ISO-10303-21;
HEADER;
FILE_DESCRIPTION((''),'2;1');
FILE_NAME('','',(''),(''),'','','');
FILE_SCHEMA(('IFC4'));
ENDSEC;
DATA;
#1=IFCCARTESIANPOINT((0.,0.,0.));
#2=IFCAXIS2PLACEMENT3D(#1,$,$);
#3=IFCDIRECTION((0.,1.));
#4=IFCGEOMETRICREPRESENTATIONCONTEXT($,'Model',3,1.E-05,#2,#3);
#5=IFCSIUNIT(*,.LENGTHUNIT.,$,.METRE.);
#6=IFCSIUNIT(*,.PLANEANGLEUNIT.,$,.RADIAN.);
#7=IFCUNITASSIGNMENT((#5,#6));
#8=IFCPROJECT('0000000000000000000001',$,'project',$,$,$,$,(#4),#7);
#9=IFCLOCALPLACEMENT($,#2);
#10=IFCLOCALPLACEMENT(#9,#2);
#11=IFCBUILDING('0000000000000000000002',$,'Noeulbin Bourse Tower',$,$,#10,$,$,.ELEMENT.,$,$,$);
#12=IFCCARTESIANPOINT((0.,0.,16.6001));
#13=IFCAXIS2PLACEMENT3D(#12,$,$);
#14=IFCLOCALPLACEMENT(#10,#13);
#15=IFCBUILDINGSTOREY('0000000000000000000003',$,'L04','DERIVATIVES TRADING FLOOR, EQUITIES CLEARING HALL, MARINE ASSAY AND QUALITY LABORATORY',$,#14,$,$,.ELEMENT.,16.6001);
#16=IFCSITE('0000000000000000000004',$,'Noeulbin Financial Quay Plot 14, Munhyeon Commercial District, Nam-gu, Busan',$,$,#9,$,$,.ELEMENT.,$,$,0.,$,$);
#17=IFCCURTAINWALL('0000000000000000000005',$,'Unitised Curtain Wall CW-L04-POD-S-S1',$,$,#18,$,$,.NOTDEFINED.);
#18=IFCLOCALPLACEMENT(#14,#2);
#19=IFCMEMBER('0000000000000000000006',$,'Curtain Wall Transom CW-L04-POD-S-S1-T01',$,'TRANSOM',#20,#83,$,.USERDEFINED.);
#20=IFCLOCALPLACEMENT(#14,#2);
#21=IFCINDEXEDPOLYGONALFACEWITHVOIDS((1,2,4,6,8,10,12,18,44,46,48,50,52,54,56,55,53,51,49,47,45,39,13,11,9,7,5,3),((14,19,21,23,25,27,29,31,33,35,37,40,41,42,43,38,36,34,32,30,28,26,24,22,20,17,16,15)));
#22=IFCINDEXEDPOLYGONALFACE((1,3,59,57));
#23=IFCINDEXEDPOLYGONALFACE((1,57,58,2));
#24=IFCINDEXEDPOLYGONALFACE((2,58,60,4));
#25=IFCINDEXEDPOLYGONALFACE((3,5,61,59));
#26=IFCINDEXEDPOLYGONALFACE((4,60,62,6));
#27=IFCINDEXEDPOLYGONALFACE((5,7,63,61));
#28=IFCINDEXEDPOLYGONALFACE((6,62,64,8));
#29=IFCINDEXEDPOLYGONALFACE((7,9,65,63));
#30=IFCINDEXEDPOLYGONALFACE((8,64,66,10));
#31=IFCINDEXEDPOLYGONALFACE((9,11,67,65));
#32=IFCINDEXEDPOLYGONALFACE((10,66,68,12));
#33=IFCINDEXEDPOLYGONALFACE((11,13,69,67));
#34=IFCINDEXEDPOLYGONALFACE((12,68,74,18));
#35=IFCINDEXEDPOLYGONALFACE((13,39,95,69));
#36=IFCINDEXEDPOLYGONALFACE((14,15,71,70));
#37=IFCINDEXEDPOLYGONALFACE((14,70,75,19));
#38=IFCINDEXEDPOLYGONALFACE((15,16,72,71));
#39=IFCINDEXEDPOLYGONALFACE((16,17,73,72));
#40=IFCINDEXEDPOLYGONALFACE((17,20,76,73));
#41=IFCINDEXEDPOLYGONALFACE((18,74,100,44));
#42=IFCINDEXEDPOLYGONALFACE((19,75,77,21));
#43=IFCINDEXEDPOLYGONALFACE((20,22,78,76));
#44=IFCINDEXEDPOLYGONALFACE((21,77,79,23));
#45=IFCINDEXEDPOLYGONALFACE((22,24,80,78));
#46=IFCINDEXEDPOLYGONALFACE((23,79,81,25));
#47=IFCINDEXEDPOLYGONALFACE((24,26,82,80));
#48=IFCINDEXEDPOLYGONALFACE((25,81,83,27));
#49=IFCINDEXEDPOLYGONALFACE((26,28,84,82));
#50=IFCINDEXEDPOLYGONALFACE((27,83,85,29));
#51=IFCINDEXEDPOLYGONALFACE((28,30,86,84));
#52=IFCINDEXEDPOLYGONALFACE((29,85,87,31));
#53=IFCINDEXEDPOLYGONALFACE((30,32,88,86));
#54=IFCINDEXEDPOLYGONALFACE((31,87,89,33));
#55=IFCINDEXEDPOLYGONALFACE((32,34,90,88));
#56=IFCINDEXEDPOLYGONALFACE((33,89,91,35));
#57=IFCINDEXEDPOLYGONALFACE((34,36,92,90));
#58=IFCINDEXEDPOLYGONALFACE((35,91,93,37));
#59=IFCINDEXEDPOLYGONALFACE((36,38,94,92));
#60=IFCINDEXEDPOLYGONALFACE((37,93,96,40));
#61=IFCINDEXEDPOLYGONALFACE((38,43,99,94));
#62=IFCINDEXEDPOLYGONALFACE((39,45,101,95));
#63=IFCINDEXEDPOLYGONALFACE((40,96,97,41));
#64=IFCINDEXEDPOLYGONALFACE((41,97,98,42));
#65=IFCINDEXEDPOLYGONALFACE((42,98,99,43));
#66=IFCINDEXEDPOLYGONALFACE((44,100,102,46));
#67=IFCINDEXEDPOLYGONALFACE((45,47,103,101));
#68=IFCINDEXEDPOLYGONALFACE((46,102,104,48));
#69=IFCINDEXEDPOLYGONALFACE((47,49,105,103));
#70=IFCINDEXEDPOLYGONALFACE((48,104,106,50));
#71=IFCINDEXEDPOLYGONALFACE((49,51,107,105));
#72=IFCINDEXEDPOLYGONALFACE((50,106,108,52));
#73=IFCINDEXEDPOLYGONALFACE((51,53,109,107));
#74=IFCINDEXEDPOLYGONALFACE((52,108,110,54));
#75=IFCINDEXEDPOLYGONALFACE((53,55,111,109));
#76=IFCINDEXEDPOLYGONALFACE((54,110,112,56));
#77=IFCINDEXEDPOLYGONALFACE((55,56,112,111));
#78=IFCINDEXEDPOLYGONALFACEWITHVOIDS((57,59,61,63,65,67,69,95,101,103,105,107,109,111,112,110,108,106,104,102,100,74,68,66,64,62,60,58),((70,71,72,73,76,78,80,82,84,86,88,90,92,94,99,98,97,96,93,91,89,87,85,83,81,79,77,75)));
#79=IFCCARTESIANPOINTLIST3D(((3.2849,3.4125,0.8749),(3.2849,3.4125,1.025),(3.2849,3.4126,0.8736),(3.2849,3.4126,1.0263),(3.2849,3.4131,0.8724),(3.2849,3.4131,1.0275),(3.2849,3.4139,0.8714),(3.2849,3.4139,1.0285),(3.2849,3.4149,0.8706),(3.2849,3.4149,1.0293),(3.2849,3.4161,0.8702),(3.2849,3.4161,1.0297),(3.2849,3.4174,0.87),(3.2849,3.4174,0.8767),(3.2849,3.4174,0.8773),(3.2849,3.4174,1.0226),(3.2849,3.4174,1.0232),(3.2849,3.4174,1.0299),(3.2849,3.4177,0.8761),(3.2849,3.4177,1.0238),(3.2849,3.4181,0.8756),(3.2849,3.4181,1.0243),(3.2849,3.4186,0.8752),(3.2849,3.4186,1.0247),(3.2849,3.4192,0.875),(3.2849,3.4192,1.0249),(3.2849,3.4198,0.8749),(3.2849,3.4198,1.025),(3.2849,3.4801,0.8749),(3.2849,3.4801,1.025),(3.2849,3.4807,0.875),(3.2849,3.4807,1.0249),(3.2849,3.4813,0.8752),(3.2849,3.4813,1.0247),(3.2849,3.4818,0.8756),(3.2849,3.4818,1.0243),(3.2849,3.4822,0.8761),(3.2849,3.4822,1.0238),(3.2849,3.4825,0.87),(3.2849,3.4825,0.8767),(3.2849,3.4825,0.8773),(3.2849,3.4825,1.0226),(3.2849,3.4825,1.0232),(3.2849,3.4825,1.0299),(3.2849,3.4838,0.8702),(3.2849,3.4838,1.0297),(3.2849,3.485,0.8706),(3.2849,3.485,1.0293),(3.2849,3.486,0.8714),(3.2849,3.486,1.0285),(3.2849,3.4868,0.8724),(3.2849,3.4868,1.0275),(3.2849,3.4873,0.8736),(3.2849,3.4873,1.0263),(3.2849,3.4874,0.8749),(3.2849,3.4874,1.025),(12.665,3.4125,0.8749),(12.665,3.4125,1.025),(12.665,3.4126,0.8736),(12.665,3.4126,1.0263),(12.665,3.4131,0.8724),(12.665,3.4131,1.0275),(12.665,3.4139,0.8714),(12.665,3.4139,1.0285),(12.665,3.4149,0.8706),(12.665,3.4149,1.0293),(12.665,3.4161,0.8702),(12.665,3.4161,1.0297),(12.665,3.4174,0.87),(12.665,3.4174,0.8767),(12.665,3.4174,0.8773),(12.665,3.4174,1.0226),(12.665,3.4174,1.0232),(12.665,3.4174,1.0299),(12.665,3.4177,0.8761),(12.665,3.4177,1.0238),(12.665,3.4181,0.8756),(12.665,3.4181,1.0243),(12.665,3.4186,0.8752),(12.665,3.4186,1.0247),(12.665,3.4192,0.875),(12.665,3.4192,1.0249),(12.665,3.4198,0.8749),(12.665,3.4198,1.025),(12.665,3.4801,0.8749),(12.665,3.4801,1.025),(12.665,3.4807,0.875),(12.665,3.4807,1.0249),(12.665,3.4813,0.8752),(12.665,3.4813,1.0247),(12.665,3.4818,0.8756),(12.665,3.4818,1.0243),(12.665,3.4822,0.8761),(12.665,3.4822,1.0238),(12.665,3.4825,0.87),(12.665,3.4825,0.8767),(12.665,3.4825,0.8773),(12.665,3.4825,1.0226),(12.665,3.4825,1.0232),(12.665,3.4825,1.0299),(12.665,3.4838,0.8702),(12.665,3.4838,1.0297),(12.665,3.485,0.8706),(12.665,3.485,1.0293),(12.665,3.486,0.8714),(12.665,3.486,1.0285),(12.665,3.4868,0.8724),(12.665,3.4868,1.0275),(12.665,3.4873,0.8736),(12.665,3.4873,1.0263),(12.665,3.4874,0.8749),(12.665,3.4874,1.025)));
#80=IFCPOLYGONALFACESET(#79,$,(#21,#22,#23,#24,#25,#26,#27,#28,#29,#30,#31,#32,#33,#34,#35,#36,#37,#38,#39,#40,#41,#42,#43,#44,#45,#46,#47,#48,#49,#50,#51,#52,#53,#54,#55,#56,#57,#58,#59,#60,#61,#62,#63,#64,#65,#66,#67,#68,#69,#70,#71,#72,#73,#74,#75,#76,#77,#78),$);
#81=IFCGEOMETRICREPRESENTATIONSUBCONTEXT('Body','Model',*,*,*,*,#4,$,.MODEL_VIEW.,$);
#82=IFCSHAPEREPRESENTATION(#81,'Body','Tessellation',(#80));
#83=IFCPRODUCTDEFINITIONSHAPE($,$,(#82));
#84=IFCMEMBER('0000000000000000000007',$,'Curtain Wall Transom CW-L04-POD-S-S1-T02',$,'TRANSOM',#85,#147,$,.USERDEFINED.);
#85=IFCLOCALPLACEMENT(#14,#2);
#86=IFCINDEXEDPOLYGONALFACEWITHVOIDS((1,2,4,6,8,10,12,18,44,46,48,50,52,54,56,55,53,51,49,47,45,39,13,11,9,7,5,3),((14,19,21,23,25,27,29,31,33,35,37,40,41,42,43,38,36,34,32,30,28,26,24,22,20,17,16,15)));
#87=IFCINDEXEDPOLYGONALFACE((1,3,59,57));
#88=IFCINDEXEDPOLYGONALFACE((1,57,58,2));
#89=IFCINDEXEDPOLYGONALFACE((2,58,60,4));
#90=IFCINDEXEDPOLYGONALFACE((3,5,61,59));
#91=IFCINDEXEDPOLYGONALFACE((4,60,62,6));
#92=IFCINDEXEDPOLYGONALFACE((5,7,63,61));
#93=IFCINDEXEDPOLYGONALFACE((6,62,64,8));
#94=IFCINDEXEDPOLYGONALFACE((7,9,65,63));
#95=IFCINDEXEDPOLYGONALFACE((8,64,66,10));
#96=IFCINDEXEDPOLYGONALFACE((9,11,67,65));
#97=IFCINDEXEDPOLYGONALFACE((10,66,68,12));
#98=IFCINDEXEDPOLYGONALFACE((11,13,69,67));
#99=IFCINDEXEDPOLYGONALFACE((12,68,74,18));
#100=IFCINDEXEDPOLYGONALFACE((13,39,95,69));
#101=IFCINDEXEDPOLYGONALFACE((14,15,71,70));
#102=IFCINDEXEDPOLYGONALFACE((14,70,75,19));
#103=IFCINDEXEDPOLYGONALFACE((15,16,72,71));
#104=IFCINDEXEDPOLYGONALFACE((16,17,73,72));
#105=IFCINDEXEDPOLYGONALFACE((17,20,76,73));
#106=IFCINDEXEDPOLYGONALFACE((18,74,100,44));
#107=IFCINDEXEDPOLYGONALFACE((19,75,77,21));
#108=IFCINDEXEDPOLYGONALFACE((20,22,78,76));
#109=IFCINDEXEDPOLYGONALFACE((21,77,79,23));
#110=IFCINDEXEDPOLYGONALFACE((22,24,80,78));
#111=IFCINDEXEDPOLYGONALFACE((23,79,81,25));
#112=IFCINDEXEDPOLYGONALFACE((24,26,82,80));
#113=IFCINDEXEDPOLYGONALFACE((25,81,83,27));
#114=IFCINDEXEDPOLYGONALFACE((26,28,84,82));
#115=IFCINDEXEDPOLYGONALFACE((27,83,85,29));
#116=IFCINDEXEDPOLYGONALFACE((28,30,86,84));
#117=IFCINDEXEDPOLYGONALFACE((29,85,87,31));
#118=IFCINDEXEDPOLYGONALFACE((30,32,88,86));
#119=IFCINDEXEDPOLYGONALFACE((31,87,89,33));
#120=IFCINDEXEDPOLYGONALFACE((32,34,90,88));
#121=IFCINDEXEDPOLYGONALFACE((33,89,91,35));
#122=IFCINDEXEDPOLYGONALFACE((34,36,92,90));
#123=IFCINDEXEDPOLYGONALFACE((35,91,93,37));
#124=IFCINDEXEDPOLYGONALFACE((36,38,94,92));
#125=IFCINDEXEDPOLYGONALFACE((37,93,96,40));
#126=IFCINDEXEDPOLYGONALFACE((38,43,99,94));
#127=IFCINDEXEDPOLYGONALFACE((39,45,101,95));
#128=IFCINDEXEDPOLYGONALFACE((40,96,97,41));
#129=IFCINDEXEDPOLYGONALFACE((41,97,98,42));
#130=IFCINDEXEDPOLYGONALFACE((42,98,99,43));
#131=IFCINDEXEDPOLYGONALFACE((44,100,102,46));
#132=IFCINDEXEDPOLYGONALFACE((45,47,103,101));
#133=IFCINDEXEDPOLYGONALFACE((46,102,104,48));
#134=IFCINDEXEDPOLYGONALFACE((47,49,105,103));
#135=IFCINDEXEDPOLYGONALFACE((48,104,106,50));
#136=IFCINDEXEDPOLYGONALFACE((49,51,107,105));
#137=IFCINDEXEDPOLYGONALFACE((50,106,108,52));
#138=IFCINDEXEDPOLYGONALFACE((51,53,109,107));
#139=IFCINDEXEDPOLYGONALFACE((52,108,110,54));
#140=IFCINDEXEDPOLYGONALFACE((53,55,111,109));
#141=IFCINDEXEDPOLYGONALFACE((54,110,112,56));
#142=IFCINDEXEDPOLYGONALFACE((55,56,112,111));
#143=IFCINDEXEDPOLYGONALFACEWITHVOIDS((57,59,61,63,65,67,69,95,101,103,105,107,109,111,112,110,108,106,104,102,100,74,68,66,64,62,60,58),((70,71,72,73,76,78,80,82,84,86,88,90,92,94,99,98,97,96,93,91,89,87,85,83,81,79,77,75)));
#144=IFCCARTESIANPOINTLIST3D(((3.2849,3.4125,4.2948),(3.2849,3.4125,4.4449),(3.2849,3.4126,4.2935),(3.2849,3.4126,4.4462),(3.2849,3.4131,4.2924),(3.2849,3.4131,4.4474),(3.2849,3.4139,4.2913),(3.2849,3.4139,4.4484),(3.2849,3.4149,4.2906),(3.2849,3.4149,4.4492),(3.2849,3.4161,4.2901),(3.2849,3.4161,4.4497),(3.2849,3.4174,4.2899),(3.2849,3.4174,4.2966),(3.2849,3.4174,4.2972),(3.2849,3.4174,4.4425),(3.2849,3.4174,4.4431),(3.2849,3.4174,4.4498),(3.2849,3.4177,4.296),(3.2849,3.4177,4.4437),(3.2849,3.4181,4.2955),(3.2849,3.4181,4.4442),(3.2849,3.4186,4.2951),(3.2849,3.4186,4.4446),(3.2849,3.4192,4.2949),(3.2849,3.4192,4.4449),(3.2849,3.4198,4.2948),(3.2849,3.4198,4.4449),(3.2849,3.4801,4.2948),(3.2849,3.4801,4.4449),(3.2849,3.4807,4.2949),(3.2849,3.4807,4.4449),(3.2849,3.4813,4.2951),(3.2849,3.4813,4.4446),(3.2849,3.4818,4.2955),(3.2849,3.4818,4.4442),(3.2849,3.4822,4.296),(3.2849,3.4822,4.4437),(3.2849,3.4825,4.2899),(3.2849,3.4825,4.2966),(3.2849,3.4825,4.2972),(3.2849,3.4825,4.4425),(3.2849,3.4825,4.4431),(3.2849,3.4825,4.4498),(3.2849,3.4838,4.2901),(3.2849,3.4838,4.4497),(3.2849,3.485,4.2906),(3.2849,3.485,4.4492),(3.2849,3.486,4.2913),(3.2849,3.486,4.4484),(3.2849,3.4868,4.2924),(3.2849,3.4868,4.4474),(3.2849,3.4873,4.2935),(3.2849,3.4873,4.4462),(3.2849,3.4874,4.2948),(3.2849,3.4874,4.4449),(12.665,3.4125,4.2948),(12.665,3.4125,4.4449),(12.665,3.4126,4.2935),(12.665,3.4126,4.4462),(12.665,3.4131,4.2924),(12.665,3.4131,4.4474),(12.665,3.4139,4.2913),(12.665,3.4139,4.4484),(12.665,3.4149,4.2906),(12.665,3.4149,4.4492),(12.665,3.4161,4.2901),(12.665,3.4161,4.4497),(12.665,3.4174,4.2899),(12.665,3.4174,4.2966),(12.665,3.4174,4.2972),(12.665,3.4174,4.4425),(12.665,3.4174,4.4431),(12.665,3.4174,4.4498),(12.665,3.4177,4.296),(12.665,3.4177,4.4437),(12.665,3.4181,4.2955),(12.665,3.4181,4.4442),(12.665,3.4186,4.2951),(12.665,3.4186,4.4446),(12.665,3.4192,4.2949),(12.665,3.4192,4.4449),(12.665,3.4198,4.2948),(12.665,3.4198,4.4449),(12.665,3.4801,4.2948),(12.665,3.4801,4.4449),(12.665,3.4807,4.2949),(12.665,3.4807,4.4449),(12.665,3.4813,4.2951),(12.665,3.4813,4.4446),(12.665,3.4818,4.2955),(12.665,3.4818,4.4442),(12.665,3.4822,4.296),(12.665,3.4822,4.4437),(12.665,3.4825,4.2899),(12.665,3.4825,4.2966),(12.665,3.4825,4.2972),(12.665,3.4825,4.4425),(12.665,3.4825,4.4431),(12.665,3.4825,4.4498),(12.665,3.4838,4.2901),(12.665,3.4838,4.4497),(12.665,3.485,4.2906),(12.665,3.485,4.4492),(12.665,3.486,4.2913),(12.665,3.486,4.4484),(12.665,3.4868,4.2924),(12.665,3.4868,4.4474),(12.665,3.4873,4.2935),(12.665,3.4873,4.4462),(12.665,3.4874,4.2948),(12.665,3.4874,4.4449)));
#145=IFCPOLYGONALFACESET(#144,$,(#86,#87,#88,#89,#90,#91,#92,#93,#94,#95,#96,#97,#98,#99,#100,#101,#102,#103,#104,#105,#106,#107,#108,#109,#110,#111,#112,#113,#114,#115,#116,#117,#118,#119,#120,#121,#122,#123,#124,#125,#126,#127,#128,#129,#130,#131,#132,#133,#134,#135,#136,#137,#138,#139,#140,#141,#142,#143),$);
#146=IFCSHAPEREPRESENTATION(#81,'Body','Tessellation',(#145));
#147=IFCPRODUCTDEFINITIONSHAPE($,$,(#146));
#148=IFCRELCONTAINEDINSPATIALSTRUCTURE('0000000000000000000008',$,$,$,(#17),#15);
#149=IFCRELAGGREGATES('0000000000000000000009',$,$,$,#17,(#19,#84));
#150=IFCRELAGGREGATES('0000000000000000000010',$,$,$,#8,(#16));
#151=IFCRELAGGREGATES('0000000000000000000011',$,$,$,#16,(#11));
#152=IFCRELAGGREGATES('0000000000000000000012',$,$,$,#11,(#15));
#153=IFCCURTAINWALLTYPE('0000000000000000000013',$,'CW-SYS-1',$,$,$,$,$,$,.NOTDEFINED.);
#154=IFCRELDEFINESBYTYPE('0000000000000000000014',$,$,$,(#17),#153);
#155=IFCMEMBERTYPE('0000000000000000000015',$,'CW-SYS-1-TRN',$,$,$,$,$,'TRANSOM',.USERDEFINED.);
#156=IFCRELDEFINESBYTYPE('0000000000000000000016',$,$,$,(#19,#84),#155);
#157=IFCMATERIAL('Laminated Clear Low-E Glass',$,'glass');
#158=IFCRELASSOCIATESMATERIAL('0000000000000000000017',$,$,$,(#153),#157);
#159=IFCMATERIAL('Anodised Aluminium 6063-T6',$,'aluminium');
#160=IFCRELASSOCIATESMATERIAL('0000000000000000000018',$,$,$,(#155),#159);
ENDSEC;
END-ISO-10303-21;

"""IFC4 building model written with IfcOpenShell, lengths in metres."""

from ifc_helpers import new_model, si_unit, direction, frame, origin, origin_2d, place, context, subcontext, project, spatial, hollow_rectangle, extrude, material, material_profile, profile_set, type_object, element, aggregate, save


model = new_model("IFC4")

# Units and contexts
model_context = context("Model", 3, precision=1e-05, world=origin(), true_north=direction((0.0, 1.0)))
body_context = subcontext(model_context, "Body", "Model", "MODEL_VIEW")
ifc_project = project(units=[si_unit("LENGTHUNIT", "METRE"), si_unit("PLANEANGLEUNIT", "RADIAN")], contexts=[model_context])

# Site, building, storey
site_placement = place(None, origin())
site = spatial("IfcSite", under=ifc_project, at=site_placement, Name="Noeulbin Financial Quay Plot 14, Munhyeon Commercial District, Nam-gu, Busan", CompositionType="ELEMENT", RefElevation=0.0)
building_placement = place(site_placement, origin())
building = spatial("IfcBuilding", under=site, at=building_placement, Name="Noeulbin Bourse Tower", CompositionType="ELEMENT")
storey_placement = place(building_placement, frame((0.0, 0.0, 16.6001)))
storey = spatial("IfcBuildingStorey", under=building, at=storey_placement, Name="L04", Description="DERIVATIVES TRADING FLOOR, EQUITIES CLEARING HALL, MARINE ASSAY AND QUALITY LABORATORY", CompositionType="ELEMENT", Elevation=16.6001)

# Curtain wall
ifc_material_1 = material(Name="Laminated Clear Low-E Glass", Category="glass")
curtain_wall_type = type_object("IfcCurtainWallType", Name="CW-SYS-1", PredefinedType="NOTDEFINED", material=ifc_material_1)
curtain_wall_1_placement = place(storey_placement, origin())
curtain_wall_1 = element("IfcCurtainWall", 1, at=curtain_wall_1_placement, inside=storey, type_object=curtain_wall_type, Name="Unitised Curtain Wall CW-L04-POD-S-S1", PredefinedType="NOTDEFINED")
ifc_material_2 = material(Name="Anodised Aluminium 6063-T6", Category="aluminium")

# Members
ifc_material_profile_1 = material_profile(ifc_material_2, hollow_rectangle(XDim=0.075, YDim=0.1599, WallThickness=0.0049, InnerFilletRadius=0.0024, OuterFilletRadius=0.0049, at=origin_2d()), Name="ALU-TRAN-75x160x5", Category="LoadBearing")
ifc_profile_set_1 = profile_set([ifc_material_profile_1], Name="Anodised Aluminium 6063-T6")
member_type_1 = type_object("IfcMemberType", Name="CW-SYS-1-TRN", ElementType="TRANSOM", PredefinedType="USERDEFINED", material=ifc_profile_set_1)
member_1_placement = place(storey_placement, frame((3.2849, 3.45, 0.95), z_axis=(1.0, 0.0, 0.0), x_axis=(0.0, 1.0, 0.0)))
member_1 = element("IfcMember", 2, at=member_1_placement, type_object=member_type_1, Name="Curtain Wall Transom CW-L04-POD-S-S1-T01", ObjectType="TRANSOM", PredefinedType="USERDEFINED", context=body_context, shape_type="SweptSolid", body=[
    extrude(hollow_rectangle(XDim=0.075, YDim=0.1599, WallThickness=0.0049, InnerFilletRadius=0.0024, OuterFilletRadius=0.0049, at=origin_2d()), origin(), (0.0, 0.0, 1.0), 9.3801),
])
member_2_placement = place(storey_placement, frame((3.2849, 3.45, 4.3699), z_axis=(1.0, 0.0, 0.0), x_axis=(0.0, 1.0, 0.0)))
member_2 = element("IfcMember", 3, at=member_2_placement, type_object=member_type_1, Name="Curtain Wall Transom CW-L04-POD-S-S1-T02", ObjectType="TRANSOM", PredefinedType="USERDEFINED", context=body_context, shape_type="SweptSolid", body=[
    extrude(hollow_rectangle(XDim=0.075, YDim=0.1599, WallThickness=0.0049, InnerFilletRadius=0.0024, OuterFilletRadius=0.0049, at=origin_2d()), origin(), (0.0, 0.0, 1.0), 9.3801),
])

aggregate(curtain_wall_1, [member_1, member_2])

save(model, "model.ifc")
